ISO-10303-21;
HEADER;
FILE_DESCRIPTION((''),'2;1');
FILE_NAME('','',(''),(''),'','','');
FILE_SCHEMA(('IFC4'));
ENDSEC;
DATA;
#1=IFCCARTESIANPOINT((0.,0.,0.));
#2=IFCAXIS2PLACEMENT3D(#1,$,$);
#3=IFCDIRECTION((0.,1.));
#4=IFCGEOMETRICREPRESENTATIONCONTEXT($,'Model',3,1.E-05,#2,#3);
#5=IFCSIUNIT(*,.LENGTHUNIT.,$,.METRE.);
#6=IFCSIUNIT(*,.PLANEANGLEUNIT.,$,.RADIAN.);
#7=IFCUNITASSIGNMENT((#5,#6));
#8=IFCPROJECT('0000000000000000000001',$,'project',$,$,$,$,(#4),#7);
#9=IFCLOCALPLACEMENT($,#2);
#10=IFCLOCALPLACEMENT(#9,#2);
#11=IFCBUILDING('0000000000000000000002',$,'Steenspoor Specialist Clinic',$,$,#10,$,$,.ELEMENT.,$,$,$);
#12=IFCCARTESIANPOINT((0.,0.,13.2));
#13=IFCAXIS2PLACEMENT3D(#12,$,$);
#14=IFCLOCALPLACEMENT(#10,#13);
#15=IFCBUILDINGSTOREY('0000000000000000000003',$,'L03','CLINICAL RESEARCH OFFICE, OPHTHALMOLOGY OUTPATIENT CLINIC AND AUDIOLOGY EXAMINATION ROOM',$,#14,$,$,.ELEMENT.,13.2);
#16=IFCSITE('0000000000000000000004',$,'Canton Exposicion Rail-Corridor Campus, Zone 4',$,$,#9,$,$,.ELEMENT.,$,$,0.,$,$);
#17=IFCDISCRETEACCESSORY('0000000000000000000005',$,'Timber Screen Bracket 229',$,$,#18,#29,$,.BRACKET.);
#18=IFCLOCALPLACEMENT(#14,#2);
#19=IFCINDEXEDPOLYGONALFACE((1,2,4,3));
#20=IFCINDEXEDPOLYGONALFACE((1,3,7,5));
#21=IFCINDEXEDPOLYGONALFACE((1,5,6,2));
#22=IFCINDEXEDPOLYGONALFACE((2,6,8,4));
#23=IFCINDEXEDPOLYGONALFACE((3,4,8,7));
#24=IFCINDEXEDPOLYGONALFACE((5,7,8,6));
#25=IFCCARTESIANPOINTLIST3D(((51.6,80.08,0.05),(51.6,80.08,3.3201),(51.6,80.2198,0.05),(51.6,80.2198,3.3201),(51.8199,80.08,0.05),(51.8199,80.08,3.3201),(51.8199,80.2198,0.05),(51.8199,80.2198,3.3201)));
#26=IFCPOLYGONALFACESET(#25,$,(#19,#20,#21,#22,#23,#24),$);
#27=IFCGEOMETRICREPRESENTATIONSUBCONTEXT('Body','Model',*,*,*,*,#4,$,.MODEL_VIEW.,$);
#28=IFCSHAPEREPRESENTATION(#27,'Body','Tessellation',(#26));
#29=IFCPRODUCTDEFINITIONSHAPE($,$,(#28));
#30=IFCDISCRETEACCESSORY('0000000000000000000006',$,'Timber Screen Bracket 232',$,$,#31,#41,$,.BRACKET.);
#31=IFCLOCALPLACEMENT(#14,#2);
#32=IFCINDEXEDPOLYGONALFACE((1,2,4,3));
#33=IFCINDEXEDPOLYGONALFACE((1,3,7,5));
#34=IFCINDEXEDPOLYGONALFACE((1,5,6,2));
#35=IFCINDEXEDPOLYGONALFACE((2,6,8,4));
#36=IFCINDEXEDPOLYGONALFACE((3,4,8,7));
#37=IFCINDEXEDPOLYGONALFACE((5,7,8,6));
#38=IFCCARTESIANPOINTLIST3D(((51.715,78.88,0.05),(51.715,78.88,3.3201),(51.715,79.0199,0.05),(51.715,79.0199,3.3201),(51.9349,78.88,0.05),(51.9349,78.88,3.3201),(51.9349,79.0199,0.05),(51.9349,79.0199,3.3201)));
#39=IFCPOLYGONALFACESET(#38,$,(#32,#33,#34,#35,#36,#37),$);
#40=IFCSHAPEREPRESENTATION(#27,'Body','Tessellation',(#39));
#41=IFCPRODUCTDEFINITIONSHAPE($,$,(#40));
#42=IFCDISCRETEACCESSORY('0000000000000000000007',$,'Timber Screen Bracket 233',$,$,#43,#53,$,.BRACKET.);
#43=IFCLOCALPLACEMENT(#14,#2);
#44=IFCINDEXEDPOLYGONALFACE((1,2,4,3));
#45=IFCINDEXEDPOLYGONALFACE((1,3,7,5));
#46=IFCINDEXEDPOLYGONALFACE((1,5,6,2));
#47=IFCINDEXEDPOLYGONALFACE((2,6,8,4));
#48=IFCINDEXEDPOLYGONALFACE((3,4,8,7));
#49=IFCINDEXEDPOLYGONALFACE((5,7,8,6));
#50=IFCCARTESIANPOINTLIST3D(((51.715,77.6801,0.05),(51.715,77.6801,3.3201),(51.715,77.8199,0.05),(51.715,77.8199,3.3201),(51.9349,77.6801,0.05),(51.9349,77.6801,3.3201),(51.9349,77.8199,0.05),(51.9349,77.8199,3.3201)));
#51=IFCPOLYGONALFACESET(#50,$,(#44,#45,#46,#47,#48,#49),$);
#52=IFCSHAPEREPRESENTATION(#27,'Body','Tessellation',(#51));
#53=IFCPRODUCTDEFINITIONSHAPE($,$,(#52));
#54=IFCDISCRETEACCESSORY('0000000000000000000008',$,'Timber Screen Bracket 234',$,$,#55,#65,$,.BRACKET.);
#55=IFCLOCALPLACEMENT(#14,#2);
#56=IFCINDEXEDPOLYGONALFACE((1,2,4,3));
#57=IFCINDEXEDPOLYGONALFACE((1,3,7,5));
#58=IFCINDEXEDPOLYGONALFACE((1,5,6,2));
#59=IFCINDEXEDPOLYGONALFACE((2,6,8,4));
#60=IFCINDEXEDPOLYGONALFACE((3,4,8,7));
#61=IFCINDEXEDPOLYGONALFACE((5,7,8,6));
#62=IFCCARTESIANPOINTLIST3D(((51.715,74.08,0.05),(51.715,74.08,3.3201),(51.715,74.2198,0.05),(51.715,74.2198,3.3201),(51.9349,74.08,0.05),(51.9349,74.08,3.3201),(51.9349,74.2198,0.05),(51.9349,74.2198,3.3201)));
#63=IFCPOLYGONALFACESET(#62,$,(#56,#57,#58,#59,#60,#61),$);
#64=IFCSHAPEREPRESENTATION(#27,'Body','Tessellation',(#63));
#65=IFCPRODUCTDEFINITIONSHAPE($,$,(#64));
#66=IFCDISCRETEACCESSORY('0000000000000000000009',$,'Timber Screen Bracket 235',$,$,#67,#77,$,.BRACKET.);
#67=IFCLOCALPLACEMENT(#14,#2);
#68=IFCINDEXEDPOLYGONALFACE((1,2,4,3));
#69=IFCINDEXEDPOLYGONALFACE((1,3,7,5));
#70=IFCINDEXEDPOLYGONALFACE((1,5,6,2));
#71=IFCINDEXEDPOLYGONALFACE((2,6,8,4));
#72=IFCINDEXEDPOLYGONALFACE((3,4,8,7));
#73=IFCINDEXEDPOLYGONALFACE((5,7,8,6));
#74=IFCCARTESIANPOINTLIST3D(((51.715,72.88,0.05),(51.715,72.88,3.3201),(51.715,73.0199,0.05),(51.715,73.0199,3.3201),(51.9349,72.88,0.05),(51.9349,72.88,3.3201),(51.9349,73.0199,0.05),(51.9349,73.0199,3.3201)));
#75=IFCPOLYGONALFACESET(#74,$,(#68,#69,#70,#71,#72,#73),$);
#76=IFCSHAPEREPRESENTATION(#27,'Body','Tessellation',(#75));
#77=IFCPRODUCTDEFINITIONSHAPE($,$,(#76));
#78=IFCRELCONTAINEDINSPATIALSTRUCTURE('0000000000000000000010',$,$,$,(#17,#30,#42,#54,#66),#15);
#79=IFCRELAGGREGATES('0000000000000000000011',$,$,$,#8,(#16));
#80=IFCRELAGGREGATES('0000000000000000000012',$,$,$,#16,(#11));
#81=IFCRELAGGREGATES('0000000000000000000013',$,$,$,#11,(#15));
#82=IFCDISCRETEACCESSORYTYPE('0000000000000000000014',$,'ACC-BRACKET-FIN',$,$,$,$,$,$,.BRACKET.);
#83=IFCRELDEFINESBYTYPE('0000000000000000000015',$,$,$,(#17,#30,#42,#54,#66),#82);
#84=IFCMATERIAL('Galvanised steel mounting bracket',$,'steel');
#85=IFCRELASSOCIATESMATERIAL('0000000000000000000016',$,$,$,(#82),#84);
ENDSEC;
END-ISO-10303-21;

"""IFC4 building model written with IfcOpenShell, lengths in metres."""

from ifc_helpers import new_model, si_unit, direction, frame, origin, origin_2d, place, context, subcontext, project, spatial, rectangle, extrude, material, type_object, element, save


model = new_model("IFC4")

# Units and contexts
model_context = context("Model", 3, precision=1e-05, world=origin(), true_north=direction((0.0, 1.0)))
body_context = subcontext(model_context, "Body", "Model", "MODEL_VIEW")
ifc_project = project(units=[si_unit("LENGTHUNIT", "METRE"), si_unit("PLANEANGLEUNIT", "RADIAN")], contexts=[model_context])

# Site, building, storey
site_placement = place(None, origin())
site = spatial("IfcSite", under=ifc_project, at=site_placement, Name="Canton Exposicion Rail-Corridor Campus, Zone 4", CompositionType="ELEMENT", RefElevation=0.0)
building_placement = place(site_placement, origin())
building = spatial("IfcBuilding", under=site, at=building_placement, Name="Steenspoor Specialist Clinic", CompositionType="ELEMENT")
storey_placement = place(building_placement, frame((0.0, 0.0, 13.2)))
storey = spatial("IfcBuildingStorey", under=building, at=storey_placement, Name="L03", Description="CLINICAL RESEARCH OFFICE, OPHTHALMOLOGY OUTPATIENT CLINIC AND AUDIOLOGY EXAMINATION ROOM", CompositionType="ELEMENT", Elevation=13.2)

# Discrete accessories
ifc_material_1 = material(Name="Galvanised steel mounting bracket", Category="steel")
discrete_accessory_type = type_object("IfcDiscreteAccessoryType", Name="ACC-BRACKET-FIN", PredefinedType="BRACKET", material=ifc_material_1)
for number, where, z_axis, x_axis, name in (
    (1, (51.71, 80.1499, 0.05), (0.0, 0.0, 1.0), (1.0, 0.0, 0.0), "Timber Screen Bracket 229"),
    (2, (51.825, 78.95, 0.05), (0.0, 0.0, 1.0), (1.0, 0.0, 0.0), "Timber Screen Bracket 232"),
    (3, (51.825, 77.75, 0.05), (0.0, 0.0, 1.0), (1.0, 0.0, 0.0), "Timber Screen Bracket 233"),
    (4, (51.825, 74.1499, 0.05), (0.0, 0.0, 1.0), (1.0, 0.0, 0.0), "Timber Screen Bracket 234"),
    (5, (51.825, 72.95, 0.05), (0.0, 0.0, 1.0), (1.0, 0.0, 0.0), "Timber Screen Bracket 235"),
):
    element("IfcDiscreteAccessory", number, at=place(storey_placement, frame(where, z_axis=z_axis, x_axis=x_axis)), inside=storey, type_object=discrete_accessory_type, Name=name, PredefinedType="BRACKET", context=body_context, shape_type="SweptSolid", body=[
        extrude(rectangle(XDim=0.22, YDim=0.1399, at=origin_2d()), origin(), (0.0, 0.0, 1.0), 3.27),
    ])

save(model, "model.ifc")
